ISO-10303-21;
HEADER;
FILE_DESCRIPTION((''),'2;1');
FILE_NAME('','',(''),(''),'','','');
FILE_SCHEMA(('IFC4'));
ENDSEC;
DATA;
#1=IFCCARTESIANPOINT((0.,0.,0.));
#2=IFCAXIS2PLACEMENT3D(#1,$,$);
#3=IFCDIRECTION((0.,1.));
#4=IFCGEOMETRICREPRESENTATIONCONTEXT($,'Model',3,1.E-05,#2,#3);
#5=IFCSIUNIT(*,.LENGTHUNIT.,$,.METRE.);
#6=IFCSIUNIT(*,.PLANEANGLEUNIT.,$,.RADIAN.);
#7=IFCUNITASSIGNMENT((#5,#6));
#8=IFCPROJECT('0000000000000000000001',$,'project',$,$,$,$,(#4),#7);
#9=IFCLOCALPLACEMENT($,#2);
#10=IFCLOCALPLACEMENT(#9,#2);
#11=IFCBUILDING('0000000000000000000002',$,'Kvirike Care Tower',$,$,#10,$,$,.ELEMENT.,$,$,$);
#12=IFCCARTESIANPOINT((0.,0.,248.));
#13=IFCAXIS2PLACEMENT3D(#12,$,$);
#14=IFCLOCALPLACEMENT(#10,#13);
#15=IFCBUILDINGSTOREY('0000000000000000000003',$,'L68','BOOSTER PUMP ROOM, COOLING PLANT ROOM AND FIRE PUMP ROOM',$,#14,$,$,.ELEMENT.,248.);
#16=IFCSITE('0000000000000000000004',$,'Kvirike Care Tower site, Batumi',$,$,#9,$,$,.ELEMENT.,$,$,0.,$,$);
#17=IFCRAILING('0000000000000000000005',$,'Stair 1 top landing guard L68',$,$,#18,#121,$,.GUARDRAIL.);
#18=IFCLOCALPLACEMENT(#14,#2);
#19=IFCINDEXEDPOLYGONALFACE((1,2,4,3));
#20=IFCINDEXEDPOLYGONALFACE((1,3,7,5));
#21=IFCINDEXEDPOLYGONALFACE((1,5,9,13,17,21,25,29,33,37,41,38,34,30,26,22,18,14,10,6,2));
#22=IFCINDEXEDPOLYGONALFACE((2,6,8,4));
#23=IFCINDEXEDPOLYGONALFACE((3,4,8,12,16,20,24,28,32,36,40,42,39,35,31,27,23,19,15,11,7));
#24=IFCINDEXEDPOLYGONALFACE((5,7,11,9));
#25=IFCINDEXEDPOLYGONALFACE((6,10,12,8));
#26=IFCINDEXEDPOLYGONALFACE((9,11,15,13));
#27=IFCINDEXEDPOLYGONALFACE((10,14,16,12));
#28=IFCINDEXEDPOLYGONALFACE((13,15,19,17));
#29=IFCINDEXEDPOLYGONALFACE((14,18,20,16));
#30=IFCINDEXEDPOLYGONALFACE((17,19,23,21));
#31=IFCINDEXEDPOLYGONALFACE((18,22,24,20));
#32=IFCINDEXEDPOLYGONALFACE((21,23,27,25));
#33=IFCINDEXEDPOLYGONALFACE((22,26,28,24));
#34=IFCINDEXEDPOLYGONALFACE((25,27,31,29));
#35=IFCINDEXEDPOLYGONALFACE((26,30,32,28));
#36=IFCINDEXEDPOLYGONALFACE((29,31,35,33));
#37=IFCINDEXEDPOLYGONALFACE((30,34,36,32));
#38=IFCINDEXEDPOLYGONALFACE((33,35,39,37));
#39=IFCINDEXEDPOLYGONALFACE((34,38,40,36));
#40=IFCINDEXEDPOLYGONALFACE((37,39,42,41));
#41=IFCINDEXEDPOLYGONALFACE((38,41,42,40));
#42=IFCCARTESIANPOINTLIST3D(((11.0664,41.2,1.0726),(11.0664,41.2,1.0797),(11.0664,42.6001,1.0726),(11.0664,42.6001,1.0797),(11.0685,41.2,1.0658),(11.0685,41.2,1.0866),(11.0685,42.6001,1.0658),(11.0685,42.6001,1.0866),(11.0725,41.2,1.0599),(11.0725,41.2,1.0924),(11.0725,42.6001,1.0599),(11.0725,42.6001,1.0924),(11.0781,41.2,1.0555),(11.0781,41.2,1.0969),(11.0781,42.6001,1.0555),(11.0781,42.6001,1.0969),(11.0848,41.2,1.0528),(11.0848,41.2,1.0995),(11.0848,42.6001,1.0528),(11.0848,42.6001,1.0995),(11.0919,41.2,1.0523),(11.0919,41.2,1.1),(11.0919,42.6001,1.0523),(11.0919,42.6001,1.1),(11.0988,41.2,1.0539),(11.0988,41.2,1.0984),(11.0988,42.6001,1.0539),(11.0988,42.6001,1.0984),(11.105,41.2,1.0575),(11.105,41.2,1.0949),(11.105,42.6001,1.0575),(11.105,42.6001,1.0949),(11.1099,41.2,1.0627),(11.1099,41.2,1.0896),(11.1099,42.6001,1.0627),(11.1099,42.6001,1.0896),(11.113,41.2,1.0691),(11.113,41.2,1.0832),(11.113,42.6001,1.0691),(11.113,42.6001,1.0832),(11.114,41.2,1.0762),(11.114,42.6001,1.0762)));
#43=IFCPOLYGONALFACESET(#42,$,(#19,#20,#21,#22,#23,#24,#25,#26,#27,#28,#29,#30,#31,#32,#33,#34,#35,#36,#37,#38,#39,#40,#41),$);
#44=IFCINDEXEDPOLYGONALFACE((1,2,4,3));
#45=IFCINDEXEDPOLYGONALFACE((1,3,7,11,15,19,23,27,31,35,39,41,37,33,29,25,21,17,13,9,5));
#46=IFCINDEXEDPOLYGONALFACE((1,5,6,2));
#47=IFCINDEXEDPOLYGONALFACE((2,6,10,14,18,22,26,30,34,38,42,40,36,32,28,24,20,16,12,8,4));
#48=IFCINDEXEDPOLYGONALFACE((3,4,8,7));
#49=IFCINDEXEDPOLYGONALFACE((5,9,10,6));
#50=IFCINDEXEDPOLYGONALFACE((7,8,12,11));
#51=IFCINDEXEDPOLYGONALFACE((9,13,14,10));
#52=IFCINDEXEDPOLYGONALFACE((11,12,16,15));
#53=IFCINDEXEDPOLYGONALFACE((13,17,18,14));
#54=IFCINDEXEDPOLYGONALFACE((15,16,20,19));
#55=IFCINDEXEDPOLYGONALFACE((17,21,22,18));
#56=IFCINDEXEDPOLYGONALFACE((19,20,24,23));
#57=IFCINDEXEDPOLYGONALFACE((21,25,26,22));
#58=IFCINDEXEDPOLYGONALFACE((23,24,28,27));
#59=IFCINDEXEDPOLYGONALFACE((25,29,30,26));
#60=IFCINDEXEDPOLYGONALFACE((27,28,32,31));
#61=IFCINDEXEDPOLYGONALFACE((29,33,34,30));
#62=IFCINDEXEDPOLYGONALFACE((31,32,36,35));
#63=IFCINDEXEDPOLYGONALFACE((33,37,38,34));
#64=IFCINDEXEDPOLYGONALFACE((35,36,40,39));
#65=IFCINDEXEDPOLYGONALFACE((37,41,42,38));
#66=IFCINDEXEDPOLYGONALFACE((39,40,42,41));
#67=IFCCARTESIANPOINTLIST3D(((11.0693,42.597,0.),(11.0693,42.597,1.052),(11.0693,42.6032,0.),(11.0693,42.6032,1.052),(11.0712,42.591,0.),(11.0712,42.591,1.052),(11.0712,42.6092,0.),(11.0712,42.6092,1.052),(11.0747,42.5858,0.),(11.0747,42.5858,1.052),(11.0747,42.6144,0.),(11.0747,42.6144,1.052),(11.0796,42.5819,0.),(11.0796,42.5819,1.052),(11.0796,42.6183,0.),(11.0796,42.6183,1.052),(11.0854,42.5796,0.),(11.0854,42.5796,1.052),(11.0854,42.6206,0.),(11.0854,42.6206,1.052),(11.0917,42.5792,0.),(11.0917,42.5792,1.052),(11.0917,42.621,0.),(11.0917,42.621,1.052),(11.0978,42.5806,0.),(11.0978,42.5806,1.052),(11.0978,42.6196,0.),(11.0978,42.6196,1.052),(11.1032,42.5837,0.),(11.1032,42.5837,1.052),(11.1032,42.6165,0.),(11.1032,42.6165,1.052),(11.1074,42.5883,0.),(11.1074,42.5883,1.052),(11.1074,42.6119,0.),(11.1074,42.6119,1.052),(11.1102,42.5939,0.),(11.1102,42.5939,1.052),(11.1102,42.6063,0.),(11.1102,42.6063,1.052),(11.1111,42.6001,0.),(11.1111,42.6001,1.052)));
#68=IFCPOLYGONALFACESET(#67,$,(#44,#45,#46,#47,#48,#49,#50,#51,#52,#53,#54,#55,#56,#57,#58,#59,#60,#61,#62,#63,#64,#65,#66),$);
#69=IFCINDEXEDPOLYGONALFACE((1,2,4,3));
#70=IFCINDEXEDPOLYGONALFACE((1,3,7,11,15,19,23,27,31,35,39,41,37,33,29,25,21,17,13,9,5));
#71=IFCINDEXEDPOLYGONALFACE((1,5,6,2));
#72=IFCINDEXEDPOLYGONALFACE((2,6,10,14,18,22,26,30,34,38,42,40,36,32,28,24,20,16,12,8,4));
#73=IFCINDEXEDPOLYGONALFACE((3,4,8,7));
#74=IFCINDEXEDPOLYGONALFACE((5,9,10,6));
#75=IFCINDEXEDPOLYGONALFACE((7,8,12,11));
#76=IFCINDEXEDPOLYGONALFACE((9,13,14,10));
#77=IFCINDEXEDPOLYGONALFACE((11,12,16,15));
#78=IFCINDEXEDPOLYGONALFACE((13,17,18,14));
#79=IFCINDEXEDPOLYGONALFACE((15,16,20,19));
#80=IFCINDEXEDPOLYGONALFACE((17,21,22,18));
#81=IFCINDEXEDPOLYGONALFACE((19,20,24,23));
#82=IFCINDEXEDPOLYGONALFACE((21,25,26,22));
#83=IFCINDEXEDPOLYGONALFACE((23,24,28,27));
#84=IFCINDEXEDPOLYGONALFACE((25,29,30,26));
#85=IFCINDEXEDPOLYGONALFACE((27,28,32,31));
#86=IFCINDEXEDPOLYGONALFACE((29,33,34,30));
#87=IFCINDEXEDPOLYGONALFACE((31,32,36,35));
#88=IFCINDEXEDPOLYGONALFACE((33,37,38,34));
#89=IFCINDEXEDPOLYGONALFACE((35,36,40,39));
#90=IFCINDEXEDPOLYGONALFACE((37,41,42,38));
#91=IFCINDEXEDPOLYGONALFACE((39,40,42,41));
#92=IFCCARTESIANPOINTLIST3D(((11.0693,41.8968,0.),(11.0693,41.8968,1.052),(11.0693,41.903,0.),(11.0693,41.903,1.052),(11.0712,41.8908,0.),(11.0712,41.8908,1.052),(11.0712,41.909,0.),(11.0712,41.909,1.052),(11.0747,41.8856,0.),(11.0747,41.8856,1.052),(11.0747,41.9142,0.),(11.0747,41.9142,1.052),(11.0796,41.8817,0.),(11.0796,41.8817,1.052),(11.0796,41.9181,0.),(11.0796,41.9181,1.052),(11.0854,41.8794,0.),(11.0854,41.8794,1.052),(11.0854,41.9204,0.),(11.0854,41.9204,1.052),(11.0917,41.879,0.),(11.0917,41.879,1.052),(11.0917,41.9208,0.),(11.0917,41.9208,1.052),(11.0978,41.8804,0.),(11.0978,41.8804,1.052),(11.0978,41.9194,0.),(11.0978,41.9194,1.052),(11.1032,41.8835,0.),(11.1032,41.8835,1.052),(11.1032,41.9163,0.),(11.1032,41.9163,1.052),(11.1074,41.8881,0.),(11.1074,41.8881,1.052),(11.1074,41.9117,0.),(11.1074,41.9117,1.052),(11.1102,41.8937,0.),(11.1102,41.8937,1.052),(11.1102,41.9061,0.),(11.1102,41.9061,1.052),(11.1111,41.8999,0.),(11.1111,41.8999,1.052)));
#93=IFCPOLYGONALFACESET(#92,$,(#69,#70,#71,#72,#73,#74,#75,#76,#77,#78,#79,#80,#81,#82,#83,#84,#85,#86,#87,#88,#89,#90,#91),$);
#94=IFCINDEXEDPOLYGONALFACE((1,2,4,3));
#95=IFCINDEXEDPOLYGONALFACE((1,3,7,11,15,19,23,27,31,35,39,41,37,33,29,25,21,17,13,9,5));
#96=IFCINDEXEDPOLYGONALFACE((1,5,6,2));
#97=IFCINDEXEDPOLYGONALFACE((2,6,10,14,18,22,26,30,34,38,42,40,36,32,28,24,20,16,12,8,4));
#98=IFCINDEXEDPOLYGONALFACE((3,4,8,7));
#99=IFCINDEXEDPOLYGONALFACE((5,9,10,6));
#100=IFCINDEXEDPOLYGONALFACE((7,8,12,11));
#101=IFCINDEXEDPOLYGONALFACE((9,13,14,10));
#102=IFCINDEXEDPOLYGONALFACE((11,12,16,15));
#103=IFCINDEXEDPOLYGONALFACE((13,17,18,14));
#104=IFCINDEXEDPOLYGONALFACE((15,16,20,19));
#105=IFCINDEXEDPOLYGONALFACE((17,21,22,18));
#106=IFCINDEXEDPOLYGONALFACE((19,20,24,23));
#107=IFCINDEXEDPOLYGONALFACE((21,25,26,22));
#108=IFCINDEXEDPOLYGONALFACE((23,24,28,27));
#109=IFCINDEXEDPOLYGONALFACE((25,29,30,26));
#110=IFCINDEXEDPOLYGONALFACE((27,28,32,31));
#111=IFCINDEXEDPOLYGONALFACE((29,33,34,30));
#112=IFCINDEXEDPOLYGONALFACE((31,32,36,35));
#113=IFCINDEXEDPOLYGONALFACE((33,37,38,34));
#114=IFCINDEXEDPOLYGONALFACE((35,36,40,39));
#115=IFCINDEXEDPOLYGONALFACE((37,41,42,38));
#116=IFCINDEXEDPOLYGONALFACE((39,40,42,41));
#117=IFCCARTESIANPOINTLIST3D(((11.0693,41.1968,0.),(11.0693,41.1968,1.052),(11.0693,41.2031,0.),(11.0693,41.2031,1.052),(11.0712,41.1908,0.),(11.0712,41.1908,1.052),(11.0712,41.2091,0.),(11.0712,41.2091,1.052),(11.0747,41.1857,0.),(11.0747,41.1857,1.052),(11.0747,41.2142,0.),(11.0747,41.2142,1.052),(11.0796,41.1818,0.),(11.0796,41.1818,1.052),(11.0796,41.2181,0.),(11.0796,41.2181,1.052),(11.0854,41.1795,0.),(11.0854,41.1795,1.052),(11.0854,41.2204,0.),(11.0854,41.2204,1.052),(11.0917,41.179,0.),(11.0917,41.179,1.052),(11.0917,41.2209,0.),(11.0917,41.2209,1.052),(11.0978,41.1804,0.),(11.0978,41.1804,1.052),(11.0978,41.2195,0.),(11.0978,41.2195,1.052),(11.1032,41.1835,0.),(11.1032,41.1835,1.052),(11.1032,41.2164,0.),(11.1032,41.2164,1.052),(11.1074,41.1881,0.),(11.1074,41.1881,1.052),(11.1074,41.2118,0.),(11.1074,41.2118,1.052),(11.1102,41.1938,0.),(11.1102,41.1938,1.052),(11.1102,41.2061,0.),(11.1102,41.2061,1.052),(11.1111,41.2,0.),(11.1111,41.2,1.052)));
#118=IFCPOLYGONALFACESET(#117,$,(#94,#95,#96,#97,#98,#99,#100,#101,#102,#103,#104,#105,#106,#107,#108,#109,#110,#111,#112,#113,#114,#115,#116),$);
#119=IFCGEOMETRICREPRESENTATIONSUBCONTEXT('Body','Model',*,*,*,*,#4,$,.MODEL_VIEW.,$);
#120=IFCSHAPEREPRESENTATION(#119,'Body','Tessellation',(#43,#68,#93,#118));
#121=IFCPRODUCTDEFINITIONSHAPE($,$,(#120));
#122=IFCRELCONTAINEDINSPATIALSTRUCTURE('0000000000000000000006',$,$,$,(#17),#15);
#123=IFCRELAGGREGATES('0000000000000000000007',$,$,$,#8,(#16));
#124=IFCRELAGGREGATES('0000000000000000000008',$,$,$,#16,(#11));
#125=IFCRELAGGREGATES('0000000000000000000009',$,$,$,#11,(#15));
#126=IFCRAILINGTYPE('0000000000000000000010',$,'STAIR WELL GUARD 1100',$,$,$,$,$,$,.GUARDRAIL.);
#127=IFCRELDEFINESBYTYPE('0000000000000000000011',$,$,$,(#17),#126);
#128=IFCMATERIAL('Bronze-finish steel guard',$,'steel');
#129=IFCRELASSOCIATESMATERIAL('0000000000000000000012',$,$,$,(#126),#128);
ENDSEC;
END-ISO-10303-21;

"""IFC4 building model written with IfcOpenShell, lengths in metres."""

from ifc_helpers import new_model, si_unit, direction, frame, origin, origin_2d, place, context, subcontext, project, spatial, circle, extrude, material, type_object, element, save


model = new_model("IFC4")

# Units and contexts
model_context = context("Model", 3, precision=1e-05, world=origin(), true_north=direction((0.0, 1.0)))
body_context = subcontext(model_context, "Body", "Model", "MODEL_VIEW")
ifc_project = project(units=[si_unit("LENGTHUNIT", "METRE"), si_unit("PLANEANGLEUNIT", "RADIAN")], contexts=[model_context])

# Site, building, storey
site_placement = place(None, origin())
site = spatial("IfcSite", under=ifc_project, at=site_placement, Name="Kvirike Care Tower site, Batumi", CompositionType="ELEMENT", RefElevation=0.0)
building_placement = place(site_placement, origin())
building = spatial("IfcBuilding", under=site, at=building_placement, Name="Kvirike Care Tower", CompositionType="ELEMENT")
storey_placement = place(building_placement, frame((0.0, 0.0, 248.0)))
storey = spatial("IfcBuildingStorey", under=building, at=storey_placement, Name="L68", Description="BOOSTER PUMP ROOM, COOLING PLANT ROOM AND FIRE PUMP ROOM", CompositionType="ELEMENT", Elevation=248.0)

# Railing
ifc_material_1 = material(Name="Bronze-finish steel guard", Category="steel")
railing_type = type_object("IfcRailingType", Name="STAIR WELL GUARD 1100", PredefinedType="GUARDRAIL", material=ifc_material_1)
railing_placement = place(storey_placement, frame((11.0901, 42.6001, 0.0)))
element("IfcRailing", 1, at=railing_placement, inside=storey, type_object=railing_type, Name="Stair 1 top landing guard L68", PredefinedType="GUARDRAIL", context=body_context, shape_type="SweptSolid", body=[
    extrude(circle(Radius=0.0239, at=origin_2d()), frame((0.0, 0.0, 1.0762), z_axis=(0.0, -1.0, 0.0), x_axis=(1.0, 0.0, 0.0)), (0.0, 0.0, 1.0), 1.4001),
    extrude(circle(Radius=0.021, at=origin_2d()), origin(), (0.0, 0.0, 1.0), 1.052),
    extrude(circle(Radius=0.021, at=origin_2d()), frame((0.0, -0.7002, 0.0)), (0.0, 0.0, 1.0), 1.052),
    extrude(circle(Radius=0.021, at=origin_2d()), frame((0.0, -1.4001, 0.0)), (0.0, 0.0, 1.0), 1.052),
])

save(model, "model.ifc")
